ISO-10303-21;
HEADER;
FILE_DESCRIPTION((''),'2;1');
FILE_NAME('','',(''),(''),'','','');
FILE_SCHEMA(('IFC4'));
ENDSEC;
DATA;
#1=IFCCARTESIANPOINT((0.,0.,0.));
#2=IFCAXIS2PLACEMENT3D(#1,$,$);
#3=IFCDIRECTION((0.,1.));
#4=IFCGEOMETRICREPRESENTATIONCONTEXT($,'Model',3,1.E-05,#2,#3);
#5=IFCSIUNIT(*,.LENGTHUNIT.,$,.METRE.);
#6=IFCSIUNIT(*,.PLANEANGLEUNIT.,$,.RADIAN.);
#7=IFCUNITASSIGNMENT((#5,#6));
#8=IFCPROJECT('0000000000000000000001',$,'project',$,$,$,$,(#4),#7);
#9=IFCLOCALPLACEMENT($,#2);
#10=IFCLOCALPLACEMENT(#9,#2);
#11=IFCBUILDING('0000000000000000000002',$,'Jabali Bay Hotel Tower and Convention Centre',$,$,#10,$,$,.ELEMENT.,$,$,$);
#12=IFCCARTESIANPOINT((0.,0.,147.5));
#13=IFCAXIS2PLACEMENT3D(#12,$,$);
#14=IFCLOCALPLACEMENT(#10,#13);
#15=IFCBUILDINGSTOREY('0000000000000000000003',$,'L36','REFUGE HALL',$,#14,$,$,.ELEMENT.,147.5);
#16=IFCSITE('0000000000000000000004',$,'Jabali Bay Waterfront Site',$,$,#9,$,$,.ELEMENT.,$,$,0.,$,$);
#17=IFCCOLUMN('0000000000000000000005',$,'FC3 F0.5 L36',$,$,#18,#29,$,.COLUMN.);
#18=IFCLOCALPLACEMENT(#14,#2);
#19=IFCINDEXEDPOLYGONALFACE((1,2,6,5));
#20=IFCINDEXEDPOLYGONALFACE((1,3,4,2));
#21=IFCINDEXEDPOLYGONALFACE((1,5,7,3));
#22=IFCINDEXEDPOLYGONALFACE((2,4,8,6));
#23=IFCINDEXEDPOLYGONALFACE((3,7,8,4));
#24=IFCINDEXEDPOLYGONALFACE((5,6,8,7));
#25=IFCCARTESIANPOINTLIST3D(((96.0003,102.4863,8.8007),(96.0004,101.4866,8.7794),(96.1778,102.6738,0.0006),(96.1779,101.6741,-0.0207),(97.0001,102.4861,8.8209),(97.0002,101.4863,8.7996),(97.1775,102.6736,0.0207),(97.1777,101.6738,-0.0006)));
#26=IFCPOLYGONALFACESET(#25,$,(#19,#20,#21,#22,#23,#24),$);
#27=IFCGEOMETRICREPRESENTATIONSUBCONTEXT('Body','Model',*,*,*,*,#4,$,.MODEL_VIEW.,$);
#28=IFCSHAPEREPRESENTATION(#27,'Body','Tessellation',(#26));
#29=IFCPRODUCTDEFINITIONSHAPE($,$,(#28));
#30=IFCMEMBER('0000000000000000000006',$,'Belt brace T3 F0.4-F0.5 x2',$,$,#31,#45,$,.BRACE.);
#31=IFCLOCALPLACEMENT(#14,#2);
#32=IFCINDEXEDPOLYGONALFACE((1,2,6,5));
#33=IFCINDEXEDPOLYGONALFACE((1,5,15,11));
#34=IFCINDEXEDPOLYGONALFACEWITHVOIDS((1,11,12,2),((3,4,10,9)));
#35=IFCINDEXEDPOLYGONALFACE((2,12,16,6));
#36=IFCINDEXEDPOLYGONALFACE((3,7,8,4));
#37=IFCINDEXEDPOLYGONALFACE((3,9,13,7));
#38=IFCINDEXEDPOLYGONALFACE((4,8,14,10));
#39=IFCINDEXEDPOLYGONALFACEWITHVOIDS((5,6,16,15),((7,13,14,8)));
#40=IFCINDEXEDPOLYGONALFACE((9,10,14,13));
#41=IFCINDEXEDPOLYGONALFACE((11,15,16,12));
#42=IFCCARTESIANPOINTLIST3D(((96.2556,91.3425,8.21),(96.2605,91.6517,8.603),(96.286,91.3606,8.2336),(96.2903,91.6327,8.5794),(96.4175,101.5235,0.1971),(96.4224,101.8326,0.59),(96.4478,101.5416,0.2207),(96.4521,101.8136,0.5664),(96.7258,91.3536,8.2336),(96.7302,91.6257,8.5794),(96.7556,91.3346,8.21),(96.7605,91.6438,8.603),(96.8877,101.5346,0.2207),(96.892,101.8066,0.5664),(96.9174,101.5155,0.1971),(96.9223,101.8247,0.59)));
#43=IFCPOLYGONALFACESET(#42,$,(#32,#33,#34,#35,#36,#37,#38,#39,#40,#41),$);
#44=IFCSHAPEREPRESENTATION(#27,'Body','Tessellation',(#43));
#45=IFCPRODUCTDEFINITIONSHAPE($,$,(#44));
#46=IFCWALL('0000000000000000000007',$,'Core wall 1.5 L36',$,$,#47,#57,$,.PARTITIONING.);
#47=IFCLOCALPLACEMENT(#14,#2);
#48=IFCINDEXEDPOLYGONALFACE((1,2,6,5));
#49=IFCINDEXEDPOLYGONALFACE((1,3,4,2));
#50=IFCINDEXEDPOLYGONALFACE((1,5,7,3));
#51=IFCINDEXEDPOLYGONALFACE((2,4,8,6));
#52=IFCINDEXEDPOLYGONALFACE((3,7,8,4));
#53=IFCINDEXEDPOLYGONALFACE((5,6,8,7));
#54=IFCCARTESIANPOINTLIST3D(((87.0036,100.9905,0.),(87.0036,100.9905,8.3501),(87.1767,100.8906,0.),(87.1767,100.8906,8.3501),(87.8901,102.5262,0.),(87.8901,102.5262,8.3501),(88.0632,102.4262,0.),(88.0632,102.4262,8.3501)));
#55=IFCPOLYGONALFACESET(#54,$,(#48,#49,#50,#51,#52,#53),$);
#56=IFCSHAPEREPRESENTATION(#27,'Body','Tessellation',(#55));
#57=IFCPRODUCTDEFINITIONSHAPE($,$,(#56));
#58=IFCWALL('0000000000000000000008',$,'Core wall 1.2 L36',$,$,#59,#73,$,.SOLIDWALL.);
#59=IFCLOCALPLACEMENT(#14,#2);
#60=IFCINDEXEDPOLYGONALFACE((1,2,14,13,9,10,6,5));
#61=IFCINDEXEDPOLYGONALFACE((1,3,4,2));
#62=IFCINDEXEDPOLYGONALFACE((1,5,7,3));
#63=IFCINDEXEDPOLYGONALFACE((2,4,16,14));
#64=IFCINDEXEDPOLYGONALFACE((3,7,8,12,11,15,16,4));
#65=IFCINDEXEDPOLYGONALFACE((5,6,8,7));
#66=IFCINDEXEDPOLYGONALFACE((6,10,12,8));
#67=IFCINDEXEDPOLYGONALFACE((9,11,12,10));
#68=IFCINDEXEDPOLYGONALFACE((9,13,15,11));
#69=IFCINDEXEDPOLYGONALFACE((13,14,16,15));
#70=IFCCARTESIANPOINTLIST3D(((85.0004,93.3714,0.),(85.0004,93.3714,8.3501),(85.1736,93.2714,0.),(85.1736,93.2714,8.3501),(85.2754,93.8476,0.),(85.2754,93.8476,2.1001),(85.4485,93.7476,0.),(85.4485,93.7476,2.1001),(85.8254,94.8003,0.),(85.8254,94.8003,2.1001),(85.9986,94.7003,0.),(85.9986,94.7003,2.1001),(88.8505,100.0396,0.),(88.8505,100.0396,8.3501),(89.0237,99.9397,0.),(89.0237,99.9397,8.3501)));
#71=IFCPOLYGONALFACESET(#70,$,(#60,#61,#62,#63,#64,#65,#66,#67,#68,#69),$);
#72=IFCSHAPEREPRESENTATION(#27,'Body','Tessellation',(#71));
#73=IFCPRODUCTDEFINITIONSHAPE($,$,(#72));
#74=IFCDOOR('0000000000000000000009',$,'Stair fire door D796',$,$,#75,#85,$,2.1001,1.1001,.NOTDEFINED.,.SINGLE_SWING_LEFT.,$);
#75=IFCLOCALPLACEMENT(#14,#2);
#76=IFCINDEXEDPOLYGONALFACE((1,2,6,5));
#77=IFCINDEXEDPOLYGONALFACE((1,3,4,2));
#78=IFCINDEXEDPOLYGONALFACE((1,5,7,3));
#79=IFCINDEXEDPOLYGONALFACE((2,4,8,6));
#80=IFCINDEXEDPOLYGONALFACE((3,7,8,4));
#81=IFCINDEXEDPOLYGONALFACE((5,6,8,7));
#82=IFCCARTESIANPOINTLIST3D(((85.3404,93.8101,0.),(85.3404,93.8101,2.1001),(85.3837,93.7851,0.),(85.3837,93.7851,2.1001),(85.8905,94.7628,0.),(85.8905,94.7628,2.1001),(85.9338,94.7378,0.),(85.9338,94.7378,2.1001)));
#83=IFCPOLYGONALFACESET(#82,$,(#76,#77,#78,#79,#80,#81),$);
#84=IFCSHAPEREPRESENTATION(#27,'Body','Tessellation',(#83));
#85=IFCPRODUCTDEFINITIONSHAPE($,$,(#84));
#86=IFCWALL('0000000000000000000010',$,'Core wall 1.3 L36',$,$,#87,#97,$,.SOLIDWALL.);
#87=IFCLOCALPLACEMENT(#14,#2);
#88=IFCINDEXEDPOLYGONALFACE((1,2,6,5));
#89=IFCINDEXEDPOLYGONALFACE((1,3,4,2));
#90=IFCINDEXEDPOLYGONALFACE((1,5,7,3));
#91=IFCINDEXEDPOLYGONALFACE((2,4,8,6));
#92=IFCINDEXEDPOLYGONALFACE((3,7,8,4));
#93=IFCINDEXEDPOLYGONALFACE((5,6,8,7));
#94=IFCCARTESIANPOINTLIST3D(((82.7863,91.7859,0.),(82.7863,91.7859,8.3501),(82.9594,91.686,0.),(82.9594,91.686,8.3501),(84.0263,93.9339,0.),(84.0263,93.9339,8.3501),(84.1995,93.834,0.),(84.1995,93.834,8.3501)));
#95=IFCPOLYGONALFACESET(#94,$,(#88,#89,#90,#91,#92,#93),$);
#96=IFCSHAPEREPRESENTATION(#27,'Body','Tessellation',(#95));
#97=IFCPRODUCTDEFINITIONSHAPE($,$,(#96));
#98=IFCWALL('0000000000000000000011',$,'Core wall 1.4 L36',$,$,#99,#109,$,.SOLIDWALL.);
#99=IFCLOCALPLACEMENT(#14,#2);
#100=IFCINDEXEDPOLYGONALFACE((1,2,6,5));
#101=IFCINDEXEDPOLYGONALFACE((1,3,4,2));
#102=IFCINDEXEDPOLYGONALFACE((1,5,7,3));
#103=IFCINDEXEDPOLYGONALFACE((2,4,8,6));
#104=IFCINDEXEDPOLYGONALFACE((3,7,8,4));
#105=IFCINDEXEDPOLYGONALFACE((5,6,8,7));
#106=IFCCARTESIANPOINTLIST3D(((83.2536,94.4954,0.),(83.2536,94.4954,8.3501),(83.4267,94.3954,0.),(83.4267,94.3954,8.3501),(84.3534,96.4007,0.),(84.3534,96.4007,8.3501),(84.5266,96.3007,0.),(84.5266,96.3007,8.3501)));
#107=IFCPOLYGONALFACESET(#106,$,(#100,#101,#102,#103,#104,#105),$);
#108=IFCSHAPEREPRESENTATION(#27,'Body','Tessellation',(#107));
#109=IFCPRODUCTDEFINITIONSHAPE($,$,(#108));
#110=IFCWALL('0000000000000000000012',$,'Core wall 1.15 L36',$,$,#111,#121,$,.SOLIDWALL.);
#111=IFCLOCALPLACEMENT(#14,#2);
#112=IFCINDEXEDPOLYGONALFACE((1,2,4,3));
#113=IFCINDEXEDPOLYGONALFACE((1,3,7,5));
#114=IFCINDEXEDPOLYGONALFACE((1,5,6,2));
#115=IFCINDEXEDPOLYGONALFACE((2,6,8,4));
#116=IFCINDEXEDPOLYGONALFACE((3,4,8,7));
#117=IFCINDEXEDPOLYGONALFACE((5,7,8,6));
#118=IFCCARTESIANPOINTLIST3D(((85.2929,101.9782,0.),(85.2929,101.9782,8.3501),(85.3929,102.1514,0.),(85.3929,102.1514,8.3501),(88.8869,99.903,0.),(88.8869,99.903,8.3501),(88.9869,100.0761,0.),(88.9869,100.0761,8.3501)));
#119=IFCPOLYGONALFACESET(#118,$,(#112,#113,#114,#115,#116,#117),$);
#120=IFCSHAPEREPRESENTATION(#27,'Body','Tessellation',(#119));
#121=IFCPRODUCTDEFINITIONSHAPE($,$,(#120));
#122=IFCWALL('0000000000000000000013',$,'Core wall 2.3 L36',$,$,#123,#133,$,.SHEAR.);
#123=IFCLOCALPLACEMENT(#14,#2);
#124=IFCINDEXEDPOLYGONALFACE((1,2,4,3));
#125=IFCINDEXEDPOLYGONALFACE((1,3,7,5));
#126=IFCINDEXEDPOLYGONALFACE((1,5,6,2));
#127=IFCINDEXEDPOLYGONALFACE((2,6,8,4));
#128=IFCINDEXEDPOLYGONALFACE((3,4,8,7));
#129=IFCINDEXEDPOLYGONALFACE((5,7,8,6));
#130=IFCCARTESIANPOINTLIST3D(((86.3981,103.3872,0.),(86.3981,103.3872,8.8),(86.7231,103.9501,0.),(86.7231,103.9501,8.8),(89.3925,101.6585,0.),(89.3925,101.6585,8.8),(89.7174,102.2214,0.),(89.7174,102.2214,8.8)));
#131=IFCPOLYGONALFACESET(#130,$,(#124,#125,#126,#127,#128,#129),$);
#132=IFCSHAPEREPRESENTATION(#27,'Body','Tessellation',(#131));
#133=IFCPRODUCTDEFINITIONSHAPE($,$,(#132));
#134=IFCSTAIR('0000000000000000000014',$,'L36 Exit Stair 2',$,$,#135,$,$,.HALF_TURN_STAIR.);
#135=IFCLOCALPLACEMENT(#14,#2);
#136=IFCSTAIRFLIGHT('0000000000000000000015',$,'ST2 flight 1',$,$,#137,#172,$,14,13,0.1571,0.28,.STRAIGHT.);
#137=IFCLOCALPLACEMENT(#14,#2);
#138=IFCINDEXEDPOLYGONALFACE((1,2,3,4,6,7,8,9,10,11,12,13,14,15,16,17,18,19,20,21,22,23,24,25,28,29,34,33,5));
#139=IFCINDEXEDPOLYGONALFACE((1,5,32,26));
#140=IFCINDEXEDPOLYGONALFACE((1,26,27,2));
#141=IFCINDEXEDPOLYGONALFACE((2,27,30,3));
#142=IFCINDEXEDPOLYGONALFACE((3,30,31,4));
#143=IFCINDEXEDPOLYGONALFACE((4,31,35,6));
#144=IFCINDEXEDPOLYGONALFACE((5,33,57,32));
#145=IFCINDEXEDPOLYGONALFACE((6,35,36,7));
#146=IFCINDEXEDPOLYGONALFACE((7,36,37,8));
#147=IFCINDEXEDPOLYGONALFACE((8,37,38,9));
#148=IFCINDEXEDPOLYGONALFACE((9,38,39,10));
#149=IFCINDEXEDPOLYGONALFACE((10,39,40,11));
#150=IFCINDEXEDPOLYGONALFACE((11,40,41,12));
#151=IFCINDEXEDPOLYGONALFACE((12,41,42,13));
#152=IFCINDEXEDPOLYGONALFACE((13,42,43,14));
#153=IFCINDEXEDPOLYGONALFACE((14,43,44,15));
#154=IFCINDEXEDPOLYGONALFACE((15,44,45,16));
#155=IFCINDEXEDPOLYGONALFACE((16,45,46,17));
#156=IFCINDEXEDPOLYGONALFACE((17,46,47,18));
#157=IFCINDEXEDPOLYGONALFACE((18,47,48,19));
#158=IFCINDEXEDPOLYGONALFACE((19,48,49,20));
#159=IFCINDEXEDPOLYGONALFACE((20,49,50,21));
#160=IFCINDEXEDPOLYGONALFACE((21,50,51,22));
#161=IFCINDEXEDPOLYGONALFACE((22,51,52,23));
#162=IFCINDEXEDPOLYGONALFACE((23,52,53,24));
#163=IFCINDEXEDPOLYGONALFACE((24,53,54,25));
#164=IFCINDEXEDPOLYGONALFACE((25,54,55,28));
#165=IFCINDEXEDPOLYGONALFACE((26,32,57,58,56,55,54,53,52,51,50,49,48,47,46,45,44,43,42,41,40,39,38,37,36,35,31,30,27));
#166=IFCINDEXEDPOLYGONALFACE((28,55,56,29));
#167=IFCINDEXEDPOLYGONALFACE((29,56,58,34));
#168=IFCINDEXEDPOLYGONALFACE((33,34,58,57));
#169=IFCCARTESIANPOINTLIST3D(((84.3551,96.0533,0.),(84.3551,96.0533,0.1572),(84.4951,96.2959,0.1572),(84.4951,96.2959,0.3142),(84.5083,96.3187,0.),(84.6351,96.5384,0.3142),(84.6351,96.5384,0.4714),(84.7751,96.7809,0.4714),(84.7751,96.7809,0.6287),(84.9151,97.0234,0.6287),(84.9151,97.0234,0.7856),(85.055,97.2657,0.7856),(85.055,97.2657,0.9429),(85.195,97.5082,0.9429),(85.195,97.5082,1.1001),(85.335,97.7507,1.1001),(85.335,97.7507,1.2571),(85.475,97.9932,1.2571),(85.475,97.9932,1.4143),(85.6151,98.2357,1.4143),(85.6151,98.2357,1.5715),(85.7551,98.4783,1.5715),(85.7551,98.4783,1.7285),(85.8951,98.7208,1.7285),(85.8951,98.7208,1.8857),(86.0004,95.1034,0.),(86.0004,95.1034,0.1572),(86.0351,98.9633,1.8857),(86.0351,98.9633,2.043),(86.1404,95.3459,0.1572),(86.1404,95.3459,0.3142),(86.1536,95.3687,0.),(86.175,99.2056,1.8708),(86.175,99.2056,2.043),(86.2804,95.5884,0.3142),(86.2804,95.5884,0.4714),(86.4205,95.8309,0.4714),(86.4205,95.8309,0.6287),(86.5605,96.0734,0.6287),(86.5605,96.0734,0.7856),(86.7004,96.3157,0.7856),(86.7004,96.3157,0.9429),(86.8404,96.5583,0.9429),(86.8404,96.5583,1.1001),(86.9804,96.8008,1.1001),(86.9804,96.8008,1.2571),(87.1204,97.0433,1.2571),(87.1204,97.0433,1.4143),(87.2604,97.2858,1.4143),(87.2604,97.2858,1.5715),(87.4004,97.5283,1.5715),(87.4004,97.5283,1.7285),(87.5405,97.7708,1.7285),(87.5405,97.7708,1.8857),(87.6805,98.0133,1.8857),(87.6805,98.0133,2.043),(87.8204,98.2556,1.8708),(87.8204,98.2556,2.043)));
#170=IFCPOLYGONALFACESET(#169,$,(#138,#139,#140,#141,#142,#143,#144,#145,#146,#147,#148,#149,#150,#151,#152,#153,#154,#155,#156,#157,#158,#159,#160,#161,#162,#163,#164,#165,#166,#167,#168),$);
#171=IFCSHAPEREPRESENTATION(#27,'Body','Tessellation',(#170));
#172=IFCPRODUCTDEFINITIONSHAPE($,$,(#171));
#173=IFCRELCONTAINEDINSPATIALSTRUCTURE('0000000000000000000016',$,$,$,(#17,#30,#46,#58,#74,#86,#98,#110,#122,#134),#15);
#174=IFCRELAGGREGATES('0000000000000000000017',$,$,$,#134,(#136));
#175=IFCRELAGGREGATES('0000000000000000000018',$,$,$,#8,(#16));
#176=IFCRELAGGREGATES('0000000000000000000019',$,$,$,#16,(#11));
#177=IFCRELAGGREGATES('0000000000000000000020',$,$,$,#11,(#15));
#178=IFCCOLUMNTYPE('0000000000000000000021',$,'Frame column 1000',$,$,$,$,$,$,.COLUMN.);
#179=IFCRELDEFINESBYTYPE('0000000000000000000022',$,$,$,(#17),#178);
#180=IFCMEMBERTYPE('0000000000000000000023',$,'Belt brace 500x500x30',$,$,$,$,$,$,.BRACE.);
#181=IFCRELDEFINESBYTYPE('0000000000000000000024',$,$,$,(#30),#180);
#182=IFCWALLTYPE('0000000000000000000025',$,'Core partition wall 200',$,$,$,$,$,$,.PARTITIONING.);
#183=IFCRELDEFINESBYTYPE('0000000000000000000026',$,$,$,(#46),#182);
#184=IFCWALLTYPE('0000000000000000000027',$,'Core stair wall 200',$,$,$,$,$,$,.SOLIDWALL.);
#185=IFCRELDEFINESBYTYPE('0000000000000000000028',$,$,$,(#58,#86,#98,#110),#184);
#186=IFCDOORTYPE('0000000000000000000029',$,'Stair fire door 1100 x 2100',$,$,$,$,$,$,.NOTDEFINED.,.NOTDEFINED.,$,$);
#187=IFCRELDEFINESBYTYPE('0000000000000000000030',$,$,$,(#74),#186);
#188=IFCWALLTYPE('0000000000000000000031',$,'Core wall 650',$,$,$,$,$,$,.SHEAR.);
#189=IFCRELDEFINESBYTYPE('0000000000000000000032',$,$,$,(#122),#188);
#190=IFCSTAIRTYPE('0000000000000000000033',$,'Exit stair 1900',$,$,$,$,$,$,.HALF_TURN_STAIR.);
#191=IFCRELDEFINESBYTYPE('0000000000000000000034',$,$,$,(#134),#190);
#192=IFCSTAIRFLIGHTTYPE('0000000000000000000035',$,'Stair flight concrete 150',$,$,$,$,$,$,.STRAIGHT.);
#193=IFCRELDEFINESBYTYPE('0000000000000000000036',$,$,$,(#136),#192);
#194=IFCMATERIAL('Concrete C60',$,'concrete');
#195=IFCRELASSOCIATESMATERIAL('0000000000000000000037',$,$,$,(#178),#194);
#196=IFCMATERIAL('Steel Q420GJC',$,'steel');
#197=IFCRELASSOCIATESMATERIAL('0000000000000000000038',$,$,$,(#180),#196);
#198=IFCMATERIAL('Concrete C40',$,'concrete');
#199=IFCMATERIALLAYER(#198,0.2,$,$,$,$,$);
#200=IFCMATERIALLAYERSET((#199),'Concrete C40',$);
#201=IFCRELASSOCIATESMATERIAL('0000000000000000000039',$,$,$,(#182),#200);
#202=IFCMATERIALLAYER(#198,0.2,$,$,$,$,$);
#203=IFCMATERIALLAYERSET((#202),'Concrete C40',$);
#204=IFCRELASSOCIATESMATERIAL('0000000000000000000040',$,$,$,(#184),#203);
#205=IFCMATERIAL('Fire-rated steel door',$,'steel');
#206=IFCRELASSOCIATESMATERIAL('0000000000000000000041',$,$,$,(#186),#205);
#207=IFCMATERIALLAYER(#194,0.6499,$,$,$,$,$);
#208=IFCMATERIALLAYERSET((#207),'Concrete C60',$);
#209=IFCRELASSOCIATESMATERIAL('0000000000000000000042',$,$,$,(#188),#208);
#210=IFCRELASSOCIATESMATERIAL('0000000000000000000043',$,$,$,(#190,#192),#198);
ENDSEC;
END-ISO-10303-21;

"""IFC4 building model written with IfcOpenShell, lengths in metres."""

from ifc_helpers import new_model, si_unit, direction, frame, frame_2d, origin, origin_2d, place, context, subcontext, project, spatial, polyline, rectangle, hollow_rectangle, outline, extrude, material, layer, layer_set, material_profile, profile_set, type_object, element, fill, aggregate, save


model = new_model("IFC4")

# Units and contexts
model_context = context("Model", 3, precision=1e-05, world=origin(), true_north=direction((0.0, 1.0)))
body_context = subcontext(model_context, "Body", "Model", "MODEL_VIEW")
ifc_project = project(units=[si_unit("LENGTHUNIT", "METRE"), si_unit("PLANEANGLEUNIT", "RADIAN")], contexts=[model_context])

# Site, building, storey
site_placement = place(None, origin())
site = spatial("IfcSite", under=ifc_project, at=site_placement, Name="Jabali Bay Waterfront Site", CompositionType="ELEMENT", RefElevation=0.0)
building_placement = place(site_placement, origin())
building = spatial("IfcBuilding", under=site, at=building_placement, Name="Jabali Bay Hotel Tower and Convention Centre", CompositionType="ELEMENT")
storey_placement = place(building_placement, frame((0.0, 0.0, 147.5)))
storey = spatial("IfcBuildingStorey", under=building, at=storey_placement, Name="L36", Description="REFUGE HALL", CompositionType="ELEMENT", Elevation=147.5)

# Column
ifc_material_1 = material(Name="Concrete C60", Category="concrete")
ifc_material_profile_1 = material_profile(ifc_material_1, rectangle(XDim=1.0, YDim=1.0, at=origin_2d()), Name="Frame column 1000")
ifc_profile_set_1 = profile_set([ifc_material_profile_1], Name="Concrete C60")
column_type = type_object("IfcColumnType", Name="Frame column 1000", PredefinedType="COLUMN", material=ifc_profile_set_1)
column_placement = place(storey_placement, frame((96.6777, 102.1738, 0.0), z_axis=(-0.020161, -0.021298, 0.99957), x_axis=(0.999797, -0.000259, 0.02016)))
element("IfcColumn", 1, at=column_placement, inside=storey, type_object=column_type, Name="FC3 F0.5 L36", PredefinedType="COLUMN", context=body_context, shape_type="SweptSolid", body=[
    extrude(rectangle(XDim=1.0, YDim=1.0, at=origin_2d()), origin(), (0.0, 0.0, 1.0), 8.804),
])

# Member
ifc_material_2 = material(Name="Steel Q420GJC", Category="steel")
ifc_material_profile_2 = material_profile(ifc_material_2, hollow_rectangle(XDim=0.5, YDim=0.5, WallThickness=0.03, at=origin_2d()), Name="Belt brace 500x500x30")
ifc_profile_set_2 = profile_set([ifc_material_profile_2], Name="Steel Q420GJC")
member_type = type_object("IfcMemberType", Name="Belt brace 500x500x30", PredefinedType="BRACE", material=ifc_profile_set_2)
member_placement = place(storey_placement, frame((96.6699, 101.6741, 0.3936), z_axis=(-0.012492, -0.785745, 0.618425), x_axis=(0.999874, -0.015897, 0.0)))
element("IfcMember", 2, at=member_placement, inside=storey, type_object=member_type, Name="Belt brace T3 F0.4-F0.5 x2", PredefinedType="BRACE", context=body_context, shape_type="SweptSolid", body=[
    extrude(hollow_rectangle(XDim=0.5, YDim=0.5, WallThickness=0.03, at=origin_2d()), origin(), (0.0, 0.0, 1.0), 12.957),
])

# Wall
ifc_material_3 = material(Name="Concrete C40", Category="concrete")
ifc_layer_1 = layer(ifc_material_3, 0.2)
ifc_layer_set_1 = layer_set([ifc_layer_1], Name="Concrete C40")
wall_type_1 = type_object("IfcWallType", Name="Core partition wall 200", PredefinedType="PARTITIONING", material=ifc_layer_set_1)
wall_1_placement = place(storey_placement, frame((87.0901, 100.9404, 0.0), z_axis=(0.0, 0.0, 1.0), x_axis=(0.499945, 0.866057, 0.0)))
element("IfcWall", 3, at=wall_1_placement, inside=storey, type_object=wall_type_1, Name="Core wall 1.5 L36", PredefinedType="PARTITIONING", context=body_context, shape_type="SweptSolid", body=[
    extrude(rectangle(XDim=1.7732, YDim=0.2, at=frame_2d((0.8867, 0.0))), origin(), (0.0, 0.0, 1.0), 8.3501),
])

# Wall, opening, door
ifc_layer_2 = layer(ifc_material_3, 0.2)
ifc_layer_set_2 = layer_set([ifc_layer_2], Name="Concrete C40")
wall_type_2 = type_object("IfcWallType", Name="Core stair wall 200", PredefinedType="SOLIDWALL", material=ifc_layer_set_2)
wall_2_placement = place(storey_placement, frame((85.0869, 93.3213, 0.0), z_axis=(0.0, 0.0, 1.0), x_axis=(0.50002, 0.866014, 0.0)))
wall_2 = element("IfcWall", 4, at=wall_2_placement, inside=storey, type_object=wall_type_2, Name="Core wall 1.2 L36", PredefinedType="SOLIDWALL", context=body_context, shape_type="SweptSolid", body=[
    extrude(rectangle(XDim=7.7, YDim=0.2, at=frame_2d((3.8501, 0.0))), origin(), (0.0, 0.0, 1.0), 8.3501),
])
opening_placement = place(wall_2_placement, frame((0.55, 0.0, 0.0)))
opening = element("IfcOpeningElement", 5, at=opening_placement, cuts=wall_2, PredefinedType="OPENING", context=body_context, shape_type="SweptSolid", body=[
    extrude(rectangle(XDim=1.1001, YDim=2.1001, at=frame_2d((0.55, 1.05))), frame((0.0, 0.1104, 0.0), z_axis=(0.0, -1.0, 0.0), x_axis=(1.0, 0.0, 0.0)), (0.0, 0.0, 1.0), 0.2209),
])
ifc_material_4 = material(Name="Fire-rated steel door", Category="steel")
door_type = type_object("IfcDoorType", Name="Stair fire door 1100 x 2100", OperationType="NOTDEFINED", PredefinedType="NOTDEFINED", material=ifc_material_4)
door_placement = place(opening_placement, origin())
door = element("IfcDoor", 6, at=door_placement, inside=storey, type_object=door_type, Name="Stair fire door D796", OperationType="SINGLE_SWING_LEFT", OverallHeight=2.1001, OverallWidth=1.1001, PredefinedType="NOTDEFINED", context=body_context, shape_type="SweptSolid", body=[
    extrude(rectangle(XDim=1.1001, YDim=2.1001, at=frame_2d((0.55, 1.05))), frame((0.0, 0.0249, 0.0), z_axis=(0.0, -1.0, 0.0), x_axis=(1.0, 0.0, 0.0)), (0.0, 0.0, 1.0), 0.05),
])
fill(opening, door)

# Walls
wall_3_placement = place(storey_placement, frame((82.8728, 91.7358, 0.0), z_axis=(0.0, 0.0, 1.0), x_axis=(0.499961, 0.866048, 0.0)))
element("IfcWall", 7, at=wall_3_placement, inside=storey, type_object=wall_type_2, Name="Core wall 1.3 L36", PredefinedType="SOLIDWALL", context=body_context, shape_type="SweptSolid", body=[
    extrude(rectangle(XDim=2.4802, YDim=0.2, at=frame_2d((1.2402, 0.0))), origin(), (0.0, 0.0, 1.0), 8.3501),
])
wall_4_placement = place(storey_placement, frame((83.3401, 94.4453, 0.0), z_axis=(0.0, 0.0, 1.0), x_axis=(0.499947, 0.866056, 0.0)))
element("IfcWall", 8, at=wall_4_placement, inside=storey, type_object=wall_type_2, Name="Core wall 1.4 L36", PredefinedType="SOLIDWALL", context=body_context, shape_type="SweptSolid", body=[
    extrude(rectangle(XDim=2.2, YDim=0.2, at=frame_2d((1.1001, 0.0))), origin(), (0.0, 0.0, 1.0), 8.3501),
])
wall_5_placement = place(storey_placement, frame((88.937, 99.9895, 0.0), z_axis=(0.0, 0.0, 1.0), x_axis=(-0.866004, 0.500036, 0.0)))
element("IfcWall", 9, at=wall_5_placement, inside=storey, type_object=wall_type_2, Name="Core wall 1.15 L36", PredefinedType="SOLIDWALL", context=body_context, shape_type="SweptSolid", body=[
    extrude(rectangle(XDim=4.1501, YDim=0.2, at=frame_2d((2.0752, 0.0))), origin(), (0.0, 0.0, 1.0), 8.3501),
])
ifc_layer_3 = layer(ifc_material_1, 0.6499)
ifc_layer_set_3 = layer_set([ifc_layer_3], Name="Concrete C60")
wall_type_3 = type_object("IfcWallType", Name="Core wall 650", PredefinedType="SHEAR", material=ifc_layer_set_3)
wall_6_placement = place(storey_placement, frame((89.5549, 101.9399, 0.0), z_axis=(0.0, 0.0, 1.0), x_axis=(-0.866032, 0.499989, 0.0)))
element("IfcWall", 10, at=wall_6_placement, inside=storey, type_object=wall_type_3, Name="Core wall 2.3 L36", PredefinedType="SHEAR", context=body_context, shape_type="SweptSolid", body=[
    extrude(rectangle(XDim=3.4575, YDim=0.6499, at=frame_2d((1.7288, 0.0))), origin(), (0.0, 0.0, 1.0), 8.8),
])

# Stair, stair flight
stair_type = type_object("IfcStairType", Name="Exit stair 1900", PredefinedType="HALF_TURN_STAIR", material=ifc_material_3)
stair_placement = place(storey_placement, origin())
stair = element("IfcStair", 11, at=stair_placement, inside=storey, type_object=stair_type, Name="L36 Exit Stair 2", PredefinedType="HALF_TURN_STAIR")
stair_flight_type = type_object("IfcStairFlightType", Name="Stair flight concrete 150", PredefinedType="STRAIGHT", material=ifc_material_3)
stair_flight_1_placement = place(storey_placement, frame((85.1777, 95.5784, 0.0), z_axis=(0.0, 0.0, 1.0), x_axis=(0.5, 0.866025, 0.0)))
stair_flight_1 = element("IfcStairFlight", 12, at=stair_flight_1_placement, type_object=stair_flight_type, Name="ST2 flight 1", NumberOfRisers=14, NumberOfTreads=13, PredefinedType="STRAIGHT", RiserHeight=0.1571, TreadLength=0.28, context=body_context, shape_type="SweptSolid", body=[
    extrude(outline(polyline([(0.0, 0.0), (0.0, 0.1572), (0.28, 0.1572), (0.28, 0.3142), (0.5601, 0.3142), (0.5601, 0.4714), (0.8401, 0.4714), (0.8401, 0.6287), (1.1201, 0.6287), (1.1201, 0.7856), (1.3999, 0.7856), (1.3999, 0.9429), (1.6799, 0.9429), (1.6799, 1.1001), (1.96, 1.1001), (1.96, 1.2571), (2.24, 1.2571), (2.24, 1.4143), (2.52, 1.4143), (2.52, 1.5715), (2.8, 1.5715), (2.8, 1.7285), (3.0801, 1.7285), (3.0801, 1.8857), (3.3601, 1.8857), (3.3601, 2.043), (3.6399, 2.043), (3.6399, 2.2), (3.6399, 1.8708), (0.3064, 0.0), (0.0, 0.0)])), frame((0.0, 0.95, 0.0), z_axis=(0.0, -1.0, 0.0), x_axis=(1.0, 0.0, 0.0)), (0.0, 0.0, 1.0), 1.8999),
])
aggregate(stair, [stair_flight_1])

save(model, "model.ifc")
